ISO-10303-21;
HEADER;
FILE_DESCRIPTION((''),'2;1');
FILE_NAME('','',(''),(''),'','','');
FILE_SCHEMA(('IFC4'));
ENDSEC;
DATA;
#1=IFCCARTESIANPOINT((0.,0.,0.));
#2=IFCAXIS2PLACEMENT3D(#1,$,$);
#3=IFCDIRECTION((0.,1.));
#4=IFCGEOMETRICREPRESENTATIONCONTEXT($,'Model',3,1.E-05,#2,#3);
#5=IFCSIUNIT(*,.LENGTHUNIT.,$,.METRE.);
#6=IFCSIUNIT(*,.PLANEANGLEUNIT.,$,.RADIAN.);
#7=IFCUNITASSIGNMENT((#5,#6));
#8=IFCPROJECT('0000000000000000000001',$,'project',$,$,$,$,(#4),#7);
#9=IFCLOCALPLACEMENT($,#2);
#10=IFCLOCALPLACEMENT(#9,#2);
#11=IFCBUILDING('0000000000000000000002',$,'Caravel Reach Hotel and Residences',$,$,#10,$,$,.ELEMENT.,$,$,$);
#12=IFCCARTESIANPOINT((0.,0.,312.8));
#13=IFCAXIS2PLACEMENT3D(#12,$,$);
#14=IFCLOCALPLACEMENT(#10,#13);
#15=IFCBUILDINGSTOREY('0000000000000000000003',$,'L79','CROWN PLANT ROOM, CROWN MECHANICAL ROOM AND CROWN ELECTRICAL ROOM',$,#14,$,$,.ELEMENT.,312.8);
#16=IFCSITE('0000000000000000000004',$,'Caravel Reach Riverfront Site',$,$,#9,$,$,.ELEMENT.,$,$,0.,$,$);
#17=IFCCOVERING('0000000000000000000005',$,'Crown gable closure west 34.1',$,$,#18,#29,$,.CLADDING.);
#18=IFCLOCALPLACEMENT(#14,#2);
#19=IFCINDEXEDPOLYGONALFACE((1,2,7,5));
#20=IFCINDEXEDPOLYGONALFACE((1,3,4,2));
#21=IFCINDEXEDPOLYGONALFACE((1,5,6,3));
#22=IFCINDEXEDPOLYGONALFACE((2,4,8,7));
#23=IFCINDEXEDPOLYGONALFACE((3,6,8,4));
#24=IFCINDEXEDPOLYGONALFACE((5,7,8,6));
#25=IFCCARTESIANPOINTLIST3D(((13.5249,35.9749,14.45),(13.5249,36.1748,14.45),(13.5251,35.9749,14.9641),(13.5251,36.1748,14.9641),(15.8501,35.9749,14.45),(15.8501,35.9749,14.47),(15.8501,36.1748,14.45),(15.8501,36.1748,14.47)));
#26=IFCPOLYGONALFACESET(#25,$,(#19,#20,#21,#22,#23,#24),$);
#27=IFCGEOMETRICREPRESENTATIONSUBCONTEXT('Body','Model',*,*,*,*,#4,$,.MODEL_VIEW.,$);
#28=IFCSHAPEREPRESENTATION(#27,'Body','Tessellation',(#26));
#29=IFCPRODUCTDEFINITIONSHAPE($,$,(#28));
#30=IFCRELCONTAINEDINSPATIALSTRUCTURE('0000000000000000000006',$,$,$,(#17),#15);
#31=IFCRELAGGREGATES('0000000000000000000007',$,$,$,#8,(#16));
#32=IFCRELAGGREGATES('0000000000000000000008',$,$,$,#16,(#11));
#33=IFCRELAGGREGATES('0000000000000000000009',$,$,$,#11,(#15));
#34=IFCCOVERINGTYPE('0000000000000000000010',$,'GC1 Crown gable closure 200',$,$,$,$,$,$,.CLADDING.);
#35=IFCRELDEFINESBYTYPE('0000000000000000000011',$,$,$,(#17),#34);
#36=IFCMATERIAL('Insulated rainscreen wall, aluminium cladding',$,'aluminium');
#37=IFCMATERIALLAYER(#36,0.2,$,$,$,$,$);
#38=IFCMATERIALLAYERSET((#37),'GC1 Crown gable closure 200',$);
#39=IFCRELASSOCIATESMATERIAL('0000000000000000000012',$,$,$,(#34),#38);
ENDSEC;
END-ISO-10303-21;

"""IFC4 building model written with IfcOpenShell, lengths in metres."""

from ifc_helpers import new_model, si_unit, direction, frame, origin, place, context, subcontext, project, spatial, polyline, outline, extrude, material, layer, layer_set, type_object, element, save


model = new_model("IFC4")

# Units and contexts
model_context = context("Model", 3, precision=1e-05, world=origin(), true_north=direction((0.0, 1.0)))
body_context = subcontext(model_context, "Body", "Model", "MODEL_VIEW")
ifc_project = project(units=[si_unit("LENGTHUNIT", "METRE"), si_unit("PLANEANGLEUNIT", "RADIAN")], contexts=[model_context])

# Site, building, storey
site_placement = place(None, origin())
site = spatial("IfcSite", under=ifc_project, at=site_placement, Name="Caravel Reach Riverfront Site", CompositionType="ELEMENT", RefElevation=0.0)
building_placement = place(site_placement, origin())
building = spatial("IfcBuilding", under=site, at=building_placement, Name="Caravel Reach Hotel and Residences", CompositionType="ELEMENT")
storey_placement = place(building_placement, frame((0.0, 0.0, 312.8)))
storey = spatial("IfcBuildingStorey", under=building, at=storey_placement, Name="L79", Description="CROWN PLANT ROOM, CROWN MECHANICAL ROOM AND CROWN ELECTRICAL ROOM", CompositionType="ELEMENT", Elevation=312.8)

# Covering
ifc_material_1 = material(Name="Insulated rainscreen wall, aluminium cladding", Category="aluminium")
ifc_layer_1 = layer(ifc_material_1, 0.2)
ifc_layer_set_1 = layer_set([ifc_layer_1], Name="GC1 Crown gable closure 200")
covering_type = type_object("IfcCoveringType", Name="GC1 Crown gable closure 200", PredefinedType="CLADDING", material=ifc_layer_set_1)
covering_placement = place(storey_placement, frame((15.8501, 36.075, 14.45), z_axis=(0.0, 0.0, 1.0), x_axis=(-1.0, 0.0, 0.0)))
element("IfcCovering", 1, at=covering_placement, inside=storey, type_object=covering_type, Name="Crown gable closure west 34.1", PredefinedType="CLADDING", context=body_context, shape_type="SweptSolid", body=[
    extrude(outline(polyline([(0.0, 0.0), (2.3252, 0.0), (2.325, 0.5142), (0.0, 0.02), (0.0, 0.0)])), frame((0.0, 0.1001, 0.0), z_axis=(0.0, -1.0, 0.0), x_axis=(1.0, 0.0, 0.0)), (0.0, 0.0, 1.0), 0.2),
])

save(model, "model.ifc")
